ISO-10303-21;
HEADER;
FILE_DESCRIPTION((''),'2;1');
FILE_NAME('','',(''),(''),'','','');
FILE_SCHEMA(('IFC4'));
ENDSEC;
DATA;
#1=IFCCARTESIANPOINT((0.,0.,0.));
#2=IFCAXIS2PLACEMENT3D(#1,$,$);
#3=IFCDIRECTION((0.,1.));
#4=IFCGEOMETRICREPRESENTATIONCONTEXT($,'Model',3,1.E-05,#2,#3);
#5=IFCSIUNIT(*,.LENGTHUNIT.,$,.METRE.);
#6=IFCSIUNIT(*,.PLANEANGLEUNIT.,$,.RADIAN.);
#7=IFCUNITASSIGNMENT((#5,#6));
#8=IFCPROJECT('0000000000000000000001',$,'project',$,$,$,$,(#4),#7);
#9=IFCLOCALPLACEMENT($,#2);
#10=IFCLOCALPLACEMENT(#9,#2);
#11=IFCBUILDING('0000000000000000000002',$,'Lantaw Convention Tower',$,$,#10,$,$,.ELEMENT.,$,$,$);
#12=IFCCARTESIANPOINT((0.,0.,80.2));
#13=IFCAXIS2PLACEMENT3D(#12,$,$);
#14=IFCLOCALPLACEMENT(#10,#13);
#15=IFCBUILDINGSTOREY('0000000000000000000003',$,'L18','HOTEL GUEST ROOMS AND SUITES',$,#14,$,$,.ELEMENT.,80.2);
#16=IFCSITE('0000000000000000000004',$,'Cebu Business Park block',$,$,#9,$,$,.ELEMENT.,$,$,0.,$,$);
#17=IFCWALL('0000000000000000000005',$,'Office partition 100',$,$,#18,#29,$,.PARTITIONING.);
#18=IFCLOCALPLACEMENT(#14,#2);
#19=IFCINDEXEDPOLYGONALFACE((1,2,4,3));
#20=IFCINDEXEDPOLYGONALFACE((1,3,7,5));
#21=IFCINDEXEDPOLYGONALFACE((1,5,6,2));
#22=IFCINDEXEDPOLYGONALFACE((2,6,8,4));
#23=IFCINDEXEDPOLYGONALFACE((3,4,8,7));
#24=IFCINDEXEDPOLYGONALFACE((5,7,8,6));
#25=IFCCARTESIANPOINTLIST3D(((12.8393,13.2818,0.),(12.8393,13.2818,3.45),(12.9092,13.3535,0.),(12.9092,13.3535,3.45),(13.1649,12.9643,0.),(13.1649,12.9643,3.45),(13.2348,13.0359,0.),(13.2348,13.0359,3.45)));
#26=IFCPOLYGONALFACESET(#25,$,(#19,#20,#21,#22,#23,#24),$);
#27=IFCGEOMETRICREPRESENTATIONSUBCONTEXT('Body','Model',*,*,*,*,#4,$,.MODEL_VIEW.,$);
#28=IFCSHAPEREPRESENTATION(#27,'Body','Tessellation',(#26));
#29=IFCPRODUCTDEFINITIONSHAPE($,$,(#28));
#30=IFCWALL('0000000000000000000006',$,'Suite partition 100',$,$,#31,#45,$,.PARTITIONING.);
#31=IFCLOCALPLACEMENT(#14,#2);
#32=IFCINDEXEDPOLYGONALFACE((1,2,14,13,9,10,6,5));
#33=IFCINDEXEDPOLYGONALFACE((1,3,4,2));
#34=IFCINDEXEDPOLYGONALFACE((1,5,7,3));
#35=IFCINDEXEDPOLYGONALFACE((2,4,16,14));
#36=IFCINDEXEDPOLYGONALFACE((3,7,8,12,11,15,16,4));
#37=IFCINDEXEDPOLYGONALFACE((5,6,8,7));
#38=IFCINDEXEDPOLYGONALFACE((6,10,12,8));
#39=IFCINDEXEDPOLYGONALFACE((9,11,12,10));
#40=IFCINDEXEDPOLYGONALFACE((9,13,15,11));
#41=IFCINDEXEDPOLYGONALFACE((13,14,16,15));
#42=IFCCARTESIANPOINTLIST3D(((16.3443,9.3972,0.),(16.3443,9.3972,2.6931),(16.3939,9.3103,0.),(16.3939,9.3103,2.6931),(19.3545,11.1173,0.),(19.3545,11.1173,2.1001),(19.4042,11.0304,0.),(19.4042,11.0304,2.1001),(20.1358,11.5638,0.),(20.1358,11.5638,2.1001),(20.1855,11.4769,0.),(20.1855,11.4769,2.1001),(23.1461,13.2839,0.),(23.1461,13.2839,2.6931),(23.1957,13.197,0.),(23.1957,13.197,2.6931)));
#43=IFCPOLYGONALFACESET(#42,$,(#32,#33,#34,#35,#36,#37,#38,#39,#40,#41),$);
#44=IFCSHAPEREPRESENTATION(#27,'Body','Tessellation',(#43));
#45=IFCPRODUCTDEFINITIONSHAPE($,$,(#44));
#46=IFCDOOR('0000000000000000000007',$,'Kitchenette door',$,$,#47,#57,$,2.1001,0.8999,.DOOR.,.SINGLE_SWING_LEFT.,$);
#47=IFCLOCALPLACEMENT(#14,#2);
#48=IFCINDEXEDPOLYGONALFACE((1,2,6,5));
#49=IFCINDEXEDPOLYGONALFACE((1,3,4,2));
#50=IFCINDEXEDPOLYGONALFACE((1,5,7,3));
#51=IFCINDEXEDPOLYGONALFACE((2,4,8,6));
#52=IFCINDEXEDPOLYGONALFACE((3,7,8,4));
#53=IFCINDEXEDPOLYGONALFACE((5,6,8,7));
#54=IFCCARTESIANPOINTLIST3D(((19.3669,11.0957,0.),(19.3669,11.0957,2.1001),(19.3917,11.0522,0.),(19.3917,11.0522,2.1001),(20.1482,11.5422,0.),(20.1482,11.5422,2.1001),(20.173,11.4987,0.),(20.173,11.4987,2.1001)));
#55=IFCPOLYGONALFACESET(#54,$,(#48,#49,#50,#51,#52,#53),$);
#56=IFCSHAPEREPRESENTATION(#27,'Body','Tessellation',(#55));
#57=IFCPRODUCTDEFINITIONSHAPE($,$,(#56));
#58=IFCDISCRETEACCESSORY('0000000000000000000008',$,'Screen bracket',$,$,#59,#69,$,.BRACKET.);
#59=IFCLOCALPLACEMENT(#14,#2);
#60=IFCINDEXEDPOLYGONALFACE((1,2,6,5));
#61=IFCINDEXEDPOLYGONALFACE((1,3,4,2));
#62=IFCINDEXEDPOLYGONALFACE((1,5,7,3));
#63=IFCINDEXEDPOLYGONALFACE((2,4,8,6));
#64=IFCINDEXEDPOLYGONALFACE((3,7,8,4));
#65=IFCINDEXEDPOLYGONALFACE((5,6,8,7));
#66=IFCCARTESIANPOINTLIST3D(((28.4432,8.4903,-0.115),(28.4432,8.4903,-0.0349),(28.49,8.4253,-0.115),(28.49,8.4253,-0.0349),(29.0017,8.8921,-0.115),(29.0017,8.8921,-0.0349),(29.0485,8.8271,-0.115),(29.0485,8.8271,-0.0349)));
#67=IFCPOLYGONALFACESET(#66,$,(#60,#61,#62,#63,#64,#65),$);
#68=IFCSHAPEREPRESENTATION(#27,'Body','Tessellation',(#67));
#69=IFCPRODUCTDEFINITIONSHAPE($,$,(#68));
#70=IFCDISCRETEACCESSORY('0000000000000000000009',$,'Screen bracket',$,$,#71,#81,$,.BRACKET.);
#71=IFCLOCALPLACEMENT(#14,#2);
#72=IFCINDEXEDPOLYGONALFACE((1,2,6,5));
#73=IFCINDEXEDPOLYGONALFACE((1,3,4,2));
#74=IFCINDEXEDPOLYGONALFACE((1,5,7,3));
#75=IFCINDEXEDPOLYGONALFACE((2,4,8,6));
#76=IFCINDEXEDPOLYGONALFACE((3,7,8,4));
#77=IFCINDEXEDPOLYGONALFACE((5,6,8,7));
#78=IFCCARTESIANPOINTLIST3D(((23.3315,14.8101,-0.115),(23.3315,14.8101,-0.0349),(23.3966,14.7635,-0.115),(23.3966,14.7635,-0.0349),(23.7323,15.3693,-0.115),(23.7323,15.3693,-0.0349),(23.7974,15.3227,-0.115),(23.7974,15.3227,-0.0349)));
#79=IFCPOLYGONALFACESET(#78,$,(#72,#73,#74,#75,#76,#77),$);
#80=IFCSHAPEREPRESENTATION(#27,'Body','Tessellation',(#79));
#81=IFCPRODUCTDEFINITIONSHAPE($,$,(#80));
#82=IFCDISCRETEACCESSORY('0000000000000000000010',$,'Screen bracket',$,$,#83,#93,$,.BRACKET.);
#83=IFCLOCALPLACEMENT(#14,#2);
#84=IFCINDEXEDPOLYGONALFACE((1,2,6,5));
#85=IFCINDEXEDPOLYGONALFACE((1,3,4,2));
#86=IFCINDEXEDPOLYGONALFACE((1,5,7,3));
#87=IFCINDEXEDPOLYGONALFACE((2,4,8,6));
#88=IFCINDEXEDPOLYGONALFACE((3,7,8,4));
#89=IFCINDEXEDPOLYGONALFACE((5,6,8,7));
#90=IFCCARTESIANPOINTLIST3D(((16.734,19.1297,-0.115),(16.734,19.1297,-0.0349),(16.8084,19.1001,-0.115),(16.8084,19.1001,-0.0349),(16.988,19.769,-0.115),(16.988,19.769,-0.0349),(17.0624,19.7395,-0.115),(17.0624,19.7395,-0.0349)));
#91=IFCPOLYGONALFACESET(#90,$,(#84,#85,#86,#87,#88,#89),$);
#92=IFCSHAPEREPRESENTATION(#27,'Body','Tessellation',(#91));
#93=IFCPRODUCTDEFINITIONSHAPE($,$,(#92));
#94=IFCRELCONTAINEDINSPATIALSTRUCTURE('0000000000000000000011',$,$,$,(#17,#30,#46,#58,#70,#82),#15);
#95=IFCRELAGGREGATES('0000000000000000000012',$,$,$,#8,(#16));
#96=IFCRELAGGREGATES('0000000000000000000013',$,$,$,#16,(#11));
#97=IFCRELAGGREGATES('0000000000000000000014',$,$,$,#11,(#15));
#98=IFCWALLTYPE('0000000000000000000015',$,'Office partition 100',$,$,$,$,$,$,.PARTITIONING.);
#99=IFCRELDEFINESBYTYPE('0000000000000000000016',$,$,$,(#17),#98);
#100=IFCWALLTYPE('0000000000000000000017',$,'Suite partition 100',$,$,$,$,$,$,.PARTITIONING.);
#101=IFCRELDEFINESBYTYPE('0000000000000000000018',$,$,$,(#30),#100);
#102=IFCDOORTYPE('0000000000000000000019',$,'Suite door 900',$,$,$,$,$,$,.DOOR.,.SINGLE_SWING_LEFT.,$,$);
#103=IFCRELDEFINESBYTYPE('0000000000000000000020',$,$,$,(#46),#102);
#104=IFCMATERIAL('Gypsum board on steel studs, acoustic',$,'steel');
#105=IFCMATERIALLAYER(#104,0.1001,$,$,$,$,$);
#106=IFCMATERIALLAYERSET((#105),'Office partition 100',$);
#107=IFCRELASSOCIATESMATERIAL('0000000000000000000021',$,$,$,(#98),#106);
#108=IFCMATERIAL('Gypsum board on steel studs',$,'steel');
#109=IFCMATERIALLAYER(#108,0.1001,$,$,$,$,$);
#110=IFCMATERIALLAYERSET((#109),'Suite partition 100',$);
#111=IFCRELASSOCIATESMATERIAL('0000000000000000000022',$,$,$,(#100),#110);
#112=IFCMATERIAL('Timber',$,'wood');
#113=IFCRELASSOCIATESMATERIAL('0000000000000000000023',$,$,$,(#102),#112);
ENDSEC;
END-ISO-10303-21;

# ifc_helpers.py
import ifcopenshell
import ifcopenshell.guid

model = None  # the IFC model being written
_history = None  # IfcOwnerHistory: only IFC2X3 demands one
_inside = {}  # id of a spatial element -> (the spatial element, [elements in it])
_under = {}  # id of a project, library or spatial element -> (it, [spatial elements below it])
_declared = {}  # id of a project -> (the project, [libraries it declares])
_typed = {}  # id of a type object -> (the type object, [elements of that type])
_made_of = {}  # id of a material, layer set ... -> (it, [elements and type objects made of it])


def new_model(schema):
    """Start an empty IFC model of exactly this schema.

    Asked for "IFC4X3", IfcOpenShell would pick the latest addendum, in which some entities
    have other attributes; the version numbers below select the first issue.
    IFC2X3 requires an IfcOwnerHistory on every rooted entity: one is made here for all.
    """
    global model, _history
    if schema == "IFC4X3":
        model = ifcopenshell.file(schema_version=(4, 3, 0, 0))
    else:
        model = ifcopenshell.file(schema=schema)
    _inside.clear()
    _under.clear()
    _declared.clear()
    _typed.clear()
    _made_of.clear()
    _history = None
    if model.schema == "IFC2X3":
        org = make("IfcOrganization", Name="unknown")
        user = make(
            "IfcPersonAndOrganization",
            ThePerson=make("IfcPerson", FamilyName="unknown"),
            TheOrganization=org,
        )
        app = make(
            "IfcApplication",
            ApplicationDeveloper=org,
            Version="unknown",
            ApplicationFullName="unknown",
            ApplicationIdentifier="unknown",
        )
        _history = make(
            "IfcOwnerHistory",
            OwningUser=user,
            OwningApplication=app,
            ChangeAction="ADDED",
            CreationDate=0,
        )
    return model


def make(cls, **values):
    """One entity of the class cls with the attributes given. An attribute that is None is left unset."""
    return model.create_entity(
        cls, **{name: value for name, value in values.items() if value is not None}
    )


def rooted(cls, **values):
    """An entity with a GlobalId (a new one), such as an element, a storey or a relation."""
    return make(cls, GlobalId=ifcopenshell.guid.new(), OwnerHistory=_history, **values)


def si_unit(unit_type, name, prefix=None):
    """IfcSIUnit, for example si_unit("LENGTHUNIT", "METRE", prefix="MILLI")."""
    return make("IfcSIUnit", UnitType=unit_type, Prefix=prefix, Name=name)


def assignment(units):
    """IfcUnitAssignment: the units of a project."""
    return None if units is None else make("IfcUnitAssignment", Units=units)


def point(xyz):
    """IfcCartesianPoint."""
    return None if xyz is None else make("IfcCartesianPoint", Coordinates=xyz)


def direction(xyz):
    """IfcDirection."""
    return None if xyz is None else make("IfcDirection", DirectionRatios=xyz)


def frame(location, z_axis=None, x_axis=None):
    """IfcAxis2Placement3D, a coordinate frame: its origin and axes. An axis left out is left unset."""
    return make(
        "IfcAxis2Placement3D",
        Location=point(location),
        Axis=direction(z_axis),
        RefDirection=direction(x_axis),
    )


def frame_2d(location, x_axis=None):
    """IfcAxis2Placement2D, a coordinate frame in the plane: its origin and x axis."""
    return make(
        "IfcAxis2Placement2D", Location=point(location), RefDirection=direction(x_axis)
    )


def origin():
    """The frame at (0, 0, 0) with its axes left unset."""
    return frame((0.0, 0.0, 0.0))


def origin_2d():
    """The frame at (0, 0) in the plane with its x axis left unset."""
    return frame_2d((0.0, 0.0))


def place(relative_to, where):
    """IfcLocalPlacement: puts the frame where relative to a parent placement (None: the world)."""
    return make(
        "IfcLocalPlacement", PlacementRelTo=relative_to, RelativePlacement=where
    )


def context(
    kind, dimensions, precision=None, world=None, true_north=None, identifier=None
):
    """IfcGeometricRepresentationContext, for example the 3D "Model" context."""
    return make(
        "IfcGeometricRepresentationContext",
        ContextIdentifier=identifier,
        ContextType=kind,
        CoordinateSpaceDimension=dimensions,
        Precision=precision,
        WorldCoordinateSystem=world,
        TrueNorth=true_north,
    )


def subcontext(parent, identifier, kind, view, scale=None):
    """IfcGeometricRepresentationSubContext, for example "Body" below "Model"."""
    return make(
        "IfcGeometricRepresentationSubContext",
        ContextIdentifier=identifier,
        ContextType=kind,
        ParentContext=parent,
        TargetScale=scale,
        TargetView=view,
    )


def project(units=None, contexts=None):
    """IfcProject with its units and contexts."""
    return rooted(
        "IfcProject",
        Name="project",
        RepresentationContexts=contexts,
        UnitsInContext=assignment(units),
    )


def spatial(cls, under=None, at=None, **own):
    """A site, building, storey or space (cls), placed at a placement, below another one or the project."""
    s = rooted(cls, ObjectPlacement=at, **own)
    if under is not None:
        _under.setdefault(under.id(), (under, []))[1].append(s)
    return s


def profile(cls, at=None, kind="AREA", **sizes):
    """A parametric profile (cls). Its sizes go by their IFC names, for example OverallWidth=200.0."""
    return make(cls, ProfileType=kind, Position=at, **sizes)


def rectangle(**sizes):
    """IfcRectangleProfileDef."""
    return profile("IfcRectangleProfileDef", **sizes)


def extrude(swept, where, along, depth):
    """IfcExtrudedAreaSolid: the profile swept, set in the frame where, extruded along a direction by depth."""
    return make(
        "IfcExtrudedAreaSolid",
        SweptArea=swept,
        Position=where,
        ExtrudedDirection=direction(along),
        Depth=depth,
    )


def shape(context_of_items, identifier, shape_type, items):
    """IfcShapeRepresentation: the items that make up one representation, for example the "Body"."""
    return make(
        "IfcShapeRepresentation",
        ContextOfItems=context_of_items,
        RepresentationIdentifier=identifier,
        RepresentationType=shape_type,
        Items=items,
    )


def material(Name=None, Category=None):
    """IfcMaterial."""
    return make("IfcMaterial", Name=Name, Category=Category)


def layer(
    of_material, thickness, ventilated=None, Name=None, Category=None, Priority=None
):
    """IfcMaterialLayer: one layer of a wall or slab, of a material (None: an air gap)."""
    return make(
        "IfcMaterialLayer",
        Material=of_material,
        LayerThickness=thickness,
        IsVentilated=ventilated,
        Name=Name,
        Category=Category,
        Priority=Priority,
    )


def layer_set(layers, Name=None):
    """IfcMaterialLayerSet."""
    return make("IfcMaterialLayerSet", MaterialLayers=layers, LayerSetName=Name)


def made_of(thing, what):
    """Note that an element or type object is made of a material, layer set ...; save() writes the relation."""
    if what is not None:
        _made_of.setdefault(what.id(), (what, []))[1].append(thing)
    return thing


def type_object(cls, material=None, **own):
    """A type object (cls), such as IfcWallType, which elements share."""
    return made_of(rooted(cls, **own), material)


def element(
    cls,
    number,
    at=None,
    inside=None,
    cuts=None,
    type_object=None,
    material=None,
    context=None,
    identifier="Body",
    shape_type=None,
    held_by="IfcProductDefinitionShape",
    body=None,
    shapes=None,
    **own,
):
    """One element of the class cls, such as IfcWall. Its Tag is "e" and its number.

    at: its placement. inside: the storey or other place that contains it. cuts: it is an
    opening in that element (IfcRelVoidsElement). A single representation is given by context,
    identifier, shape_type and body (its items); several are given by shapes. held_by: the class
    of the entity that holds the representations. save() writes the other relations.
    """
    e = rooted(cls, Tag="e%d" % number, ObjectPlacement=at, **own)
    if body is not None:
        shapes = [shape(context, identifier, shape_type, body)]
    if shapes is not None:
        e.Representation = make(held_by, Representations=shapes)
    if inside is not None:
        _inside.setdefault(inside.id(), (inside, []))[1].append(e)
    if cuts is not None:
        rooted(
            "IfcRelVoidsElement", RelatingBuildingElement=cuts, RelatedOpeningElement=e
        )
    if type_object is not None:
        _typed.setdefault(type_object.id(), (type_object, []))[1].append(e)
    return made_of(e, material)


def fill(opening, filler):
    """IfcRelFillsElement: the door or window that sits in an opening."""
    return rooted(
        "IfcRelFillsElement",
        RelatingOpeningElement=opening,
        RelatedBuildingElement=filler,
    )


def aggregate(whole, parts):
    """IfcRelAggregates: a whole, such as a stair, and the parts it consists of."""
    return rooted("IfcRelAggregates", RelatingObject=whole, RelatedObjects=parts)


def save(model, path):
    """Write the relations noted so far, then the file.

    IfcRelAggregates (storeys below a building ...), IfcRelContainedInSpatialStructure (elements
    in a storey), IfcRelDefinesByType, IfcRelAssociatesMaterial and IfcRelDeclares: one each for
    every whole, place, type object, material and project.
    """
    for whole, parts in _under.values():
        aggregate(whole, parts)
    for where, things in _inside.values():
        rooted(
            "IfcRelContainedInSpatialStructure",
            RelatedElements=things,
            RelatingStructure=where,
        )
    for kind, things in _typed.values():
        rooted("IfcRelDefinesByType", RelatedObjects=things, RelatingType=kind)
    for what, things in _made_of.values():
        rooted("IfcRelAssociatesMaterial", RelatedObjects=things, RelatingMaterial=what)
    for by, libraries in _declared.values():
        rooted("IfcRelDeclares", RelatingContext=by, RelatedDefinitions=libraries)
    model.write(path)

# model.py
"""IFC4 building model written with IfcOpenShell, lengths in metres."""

from ifc_helpers import new_model, si_unit, direction, frame, frame_2d, origin, origin_2d, place, context, subcontext, project, spatial, rectangle, extrude, material, layer, layer_set, type_object, element, fill, save


model = new_model("IFC4")

# Units and contexts
model_context = context("Model", 3, precision=1e-05, world=origin(), true_north=direction((0.0, 1.0)))
body_context = subcontext(model_context, "Body", "Model", "MODEL_VIEW")
ifc_project = project(units=[si_unit("LENGTHUNIT", "METRE"), si_unit("PLANEANGLEUNIT", "RADIAN")], contexts=[model_context])

# Site, building, storey
site_placement = place(None, origin())
site = spatial("IfcSite", under=ifc_project, at=site_placement, Name="Cebu Business Park block", CompositionType="ELEMENT", RefElevation=0.0)
building_placement = place(site_placement, origin())
building = spatial("IfcBuilding", under=site, at=building_placement, Name="Lantaw Convention Tower", CompositionType="ELEMENT")
storey_placement = place(building_placement, frame((0.0, 0.0, 80.2)))
storey = spatial("IfcBuildingStorey", under=building, at=storey_placement, Name="L18", Description="HOTEL GUEST ROOMS AND SUITES", CompositionType="ELEMENT", Elevation=80.2)

# Wall
ifc_material_1 = material(Name="Gypsum board on steel studs, acoustic", Category="steel")
ifc_layer_1 = layer(ifc_material_1, 0.1001)
ifc_layer_set_1 = layer_set([ifc_layer_1], Name="Office partition 100")
wall_type_1 = type_object("IfcWallType", Name="Office partition 100", PredefinedType="PARTITIONING", material=ifc_layer_set_1)
wall_1_placement = place(storey_placement, frame((13.2, 13.0, 0.0), z_axis=(0.0, 0.0, 1.0), x_axis=(-0.715906, 0.698196, 0.0)))
element("IfcWall", 1, at=wall_1_placement, inside=storey, type_object=wall_type_1, Name="Office partition 100", PredefinedType="PARTITIONING", context=body_context, shape_type="SweptSolid", body=[
    extrude(rectangle(XDim=0.4548, YDim=0.1001, at=frame_2d((0.2275, 0.0))), origin(), (0.0, 0.0, 1.0), 3.45),
])

# Wall, opening, door
ifc_material_2 = material(Name="Gypsum board on steel studs", Category="steel")
ifc_layer_2 = layer(ifc_material_2, 0.1001)
ifc_layer_set_2 = layer_set([ifc_layer_2], Name="Suite partition 100")
wall_type_2 = type_object("IfcWallType", Name="Suite partition 100", PredefinedType="PARTITIONING", material=ifc_layer_set_2)
wall_2_placement = place(storey_placement, frame((23.1709, 13.2405, 0.0), z_axis=(0.0, 0.0, 1.0), x_axis=(-0.868243, -0.496139, 0.0)))
wall_2 = element("IfcWall", 2, at=wall_2_placement, inside=storey, type_object=wall_type_2, Name="Suite partition 100", PredefinedType="PARTITIONING", context=body_context, shape_type="SweptSolid", body=[
    extrude(rectangle(XDim=7.834, YDim=0.1001, at=frame_2d((3.917, 0.0))), origin(), (0.0, 0.0, 1.0), 2.6931),
])
opening_1_placement = place(wall_2_placement, frame((3.467, 0.0, 0.0)))
opening_1 = element("IfcOpeningElement", 3, at=opening_1_placement, cuts=wall_2, PredefinedType="OPENING", context=body_context, shape_type="SweptSolid", body=[
    extrude(rectangle(XDim=0.8999, YDim=2.1001, at=frame_2d((0.45, 1.05))), frame((0.0, 0.0601, 0.0), z_axis=(0.0, -1.0, 0.0), x_axis=(1.0, 0.0, 0.0)), (0.0, 0.0, 1.0), 0.1201),
])
ifc_material_3 = material(Name="Timber", Category="wood")
door_type = type_object("IfcDoorType", Name="Suite door 900", OperationType="SINGLE_SWING_LEFT", PredefinedType="DOOR", material=ifc_material_3)
door_placement = place(opening_1_placement, origin())
door = element("IfcDoor", 4, at=door_placement, inside=storey, type_object=door_type, Name="Kitchenette door", OperationType="SINGLE_SWING_LEFT", OverallHeight=2.1001, OverallWidth=0.8999, PredefinedType="DOOR", context=body_context, shape_type="SweptSolid", body=[
    extrude(rectangle(XDim=0.8999, YDim=2.1001, at=frame_2d((0.45, 1.05))), frame((0.0, 0.0249, 0.0), z_axis=(0.0, -1.0, 0.0), x_axis=(1.0, 0.0, 0.0)), (0.0, 0.0, 1.0), 0.05),
])
fill(opening_1, door)

# Discrete accessories
for number, where, z_axis, x_axis, name in (
    (5, (28.7458, 8.6587, -0.115), (0.0, 0.0, 1.0), (-0.583951, 0.811789, 0.0), "Screen bracket"),
    (6, (23.5645, 15.0664, -0.115), (0.0, 0.0, 1.0), (-0.812804, 0.582538, 0.0), "Screen bracket"),
    (7, (16.8982, 19.4346, -0.115), (0.0, 0.0, 1.0), (-0.929361, 0.369172, 0.0), "Screen bracket"),
):
    element("IfcDiscreteAccessory", number, at=place(storey_placement, frame(where, z_axis=z_axis, x_axis=x_axis)), inside=storey, Name=name, PredefinedType="BRACKET", context=body_context, shape_type="SweptSolid", body=[
        extrude(rectangle(XDim=0.0801, YDim=0.688, at=origin_2d()), origin(), (0.0, 0.0, 1.0), 0.0801),
    ])

save(model, "model.ifc")
